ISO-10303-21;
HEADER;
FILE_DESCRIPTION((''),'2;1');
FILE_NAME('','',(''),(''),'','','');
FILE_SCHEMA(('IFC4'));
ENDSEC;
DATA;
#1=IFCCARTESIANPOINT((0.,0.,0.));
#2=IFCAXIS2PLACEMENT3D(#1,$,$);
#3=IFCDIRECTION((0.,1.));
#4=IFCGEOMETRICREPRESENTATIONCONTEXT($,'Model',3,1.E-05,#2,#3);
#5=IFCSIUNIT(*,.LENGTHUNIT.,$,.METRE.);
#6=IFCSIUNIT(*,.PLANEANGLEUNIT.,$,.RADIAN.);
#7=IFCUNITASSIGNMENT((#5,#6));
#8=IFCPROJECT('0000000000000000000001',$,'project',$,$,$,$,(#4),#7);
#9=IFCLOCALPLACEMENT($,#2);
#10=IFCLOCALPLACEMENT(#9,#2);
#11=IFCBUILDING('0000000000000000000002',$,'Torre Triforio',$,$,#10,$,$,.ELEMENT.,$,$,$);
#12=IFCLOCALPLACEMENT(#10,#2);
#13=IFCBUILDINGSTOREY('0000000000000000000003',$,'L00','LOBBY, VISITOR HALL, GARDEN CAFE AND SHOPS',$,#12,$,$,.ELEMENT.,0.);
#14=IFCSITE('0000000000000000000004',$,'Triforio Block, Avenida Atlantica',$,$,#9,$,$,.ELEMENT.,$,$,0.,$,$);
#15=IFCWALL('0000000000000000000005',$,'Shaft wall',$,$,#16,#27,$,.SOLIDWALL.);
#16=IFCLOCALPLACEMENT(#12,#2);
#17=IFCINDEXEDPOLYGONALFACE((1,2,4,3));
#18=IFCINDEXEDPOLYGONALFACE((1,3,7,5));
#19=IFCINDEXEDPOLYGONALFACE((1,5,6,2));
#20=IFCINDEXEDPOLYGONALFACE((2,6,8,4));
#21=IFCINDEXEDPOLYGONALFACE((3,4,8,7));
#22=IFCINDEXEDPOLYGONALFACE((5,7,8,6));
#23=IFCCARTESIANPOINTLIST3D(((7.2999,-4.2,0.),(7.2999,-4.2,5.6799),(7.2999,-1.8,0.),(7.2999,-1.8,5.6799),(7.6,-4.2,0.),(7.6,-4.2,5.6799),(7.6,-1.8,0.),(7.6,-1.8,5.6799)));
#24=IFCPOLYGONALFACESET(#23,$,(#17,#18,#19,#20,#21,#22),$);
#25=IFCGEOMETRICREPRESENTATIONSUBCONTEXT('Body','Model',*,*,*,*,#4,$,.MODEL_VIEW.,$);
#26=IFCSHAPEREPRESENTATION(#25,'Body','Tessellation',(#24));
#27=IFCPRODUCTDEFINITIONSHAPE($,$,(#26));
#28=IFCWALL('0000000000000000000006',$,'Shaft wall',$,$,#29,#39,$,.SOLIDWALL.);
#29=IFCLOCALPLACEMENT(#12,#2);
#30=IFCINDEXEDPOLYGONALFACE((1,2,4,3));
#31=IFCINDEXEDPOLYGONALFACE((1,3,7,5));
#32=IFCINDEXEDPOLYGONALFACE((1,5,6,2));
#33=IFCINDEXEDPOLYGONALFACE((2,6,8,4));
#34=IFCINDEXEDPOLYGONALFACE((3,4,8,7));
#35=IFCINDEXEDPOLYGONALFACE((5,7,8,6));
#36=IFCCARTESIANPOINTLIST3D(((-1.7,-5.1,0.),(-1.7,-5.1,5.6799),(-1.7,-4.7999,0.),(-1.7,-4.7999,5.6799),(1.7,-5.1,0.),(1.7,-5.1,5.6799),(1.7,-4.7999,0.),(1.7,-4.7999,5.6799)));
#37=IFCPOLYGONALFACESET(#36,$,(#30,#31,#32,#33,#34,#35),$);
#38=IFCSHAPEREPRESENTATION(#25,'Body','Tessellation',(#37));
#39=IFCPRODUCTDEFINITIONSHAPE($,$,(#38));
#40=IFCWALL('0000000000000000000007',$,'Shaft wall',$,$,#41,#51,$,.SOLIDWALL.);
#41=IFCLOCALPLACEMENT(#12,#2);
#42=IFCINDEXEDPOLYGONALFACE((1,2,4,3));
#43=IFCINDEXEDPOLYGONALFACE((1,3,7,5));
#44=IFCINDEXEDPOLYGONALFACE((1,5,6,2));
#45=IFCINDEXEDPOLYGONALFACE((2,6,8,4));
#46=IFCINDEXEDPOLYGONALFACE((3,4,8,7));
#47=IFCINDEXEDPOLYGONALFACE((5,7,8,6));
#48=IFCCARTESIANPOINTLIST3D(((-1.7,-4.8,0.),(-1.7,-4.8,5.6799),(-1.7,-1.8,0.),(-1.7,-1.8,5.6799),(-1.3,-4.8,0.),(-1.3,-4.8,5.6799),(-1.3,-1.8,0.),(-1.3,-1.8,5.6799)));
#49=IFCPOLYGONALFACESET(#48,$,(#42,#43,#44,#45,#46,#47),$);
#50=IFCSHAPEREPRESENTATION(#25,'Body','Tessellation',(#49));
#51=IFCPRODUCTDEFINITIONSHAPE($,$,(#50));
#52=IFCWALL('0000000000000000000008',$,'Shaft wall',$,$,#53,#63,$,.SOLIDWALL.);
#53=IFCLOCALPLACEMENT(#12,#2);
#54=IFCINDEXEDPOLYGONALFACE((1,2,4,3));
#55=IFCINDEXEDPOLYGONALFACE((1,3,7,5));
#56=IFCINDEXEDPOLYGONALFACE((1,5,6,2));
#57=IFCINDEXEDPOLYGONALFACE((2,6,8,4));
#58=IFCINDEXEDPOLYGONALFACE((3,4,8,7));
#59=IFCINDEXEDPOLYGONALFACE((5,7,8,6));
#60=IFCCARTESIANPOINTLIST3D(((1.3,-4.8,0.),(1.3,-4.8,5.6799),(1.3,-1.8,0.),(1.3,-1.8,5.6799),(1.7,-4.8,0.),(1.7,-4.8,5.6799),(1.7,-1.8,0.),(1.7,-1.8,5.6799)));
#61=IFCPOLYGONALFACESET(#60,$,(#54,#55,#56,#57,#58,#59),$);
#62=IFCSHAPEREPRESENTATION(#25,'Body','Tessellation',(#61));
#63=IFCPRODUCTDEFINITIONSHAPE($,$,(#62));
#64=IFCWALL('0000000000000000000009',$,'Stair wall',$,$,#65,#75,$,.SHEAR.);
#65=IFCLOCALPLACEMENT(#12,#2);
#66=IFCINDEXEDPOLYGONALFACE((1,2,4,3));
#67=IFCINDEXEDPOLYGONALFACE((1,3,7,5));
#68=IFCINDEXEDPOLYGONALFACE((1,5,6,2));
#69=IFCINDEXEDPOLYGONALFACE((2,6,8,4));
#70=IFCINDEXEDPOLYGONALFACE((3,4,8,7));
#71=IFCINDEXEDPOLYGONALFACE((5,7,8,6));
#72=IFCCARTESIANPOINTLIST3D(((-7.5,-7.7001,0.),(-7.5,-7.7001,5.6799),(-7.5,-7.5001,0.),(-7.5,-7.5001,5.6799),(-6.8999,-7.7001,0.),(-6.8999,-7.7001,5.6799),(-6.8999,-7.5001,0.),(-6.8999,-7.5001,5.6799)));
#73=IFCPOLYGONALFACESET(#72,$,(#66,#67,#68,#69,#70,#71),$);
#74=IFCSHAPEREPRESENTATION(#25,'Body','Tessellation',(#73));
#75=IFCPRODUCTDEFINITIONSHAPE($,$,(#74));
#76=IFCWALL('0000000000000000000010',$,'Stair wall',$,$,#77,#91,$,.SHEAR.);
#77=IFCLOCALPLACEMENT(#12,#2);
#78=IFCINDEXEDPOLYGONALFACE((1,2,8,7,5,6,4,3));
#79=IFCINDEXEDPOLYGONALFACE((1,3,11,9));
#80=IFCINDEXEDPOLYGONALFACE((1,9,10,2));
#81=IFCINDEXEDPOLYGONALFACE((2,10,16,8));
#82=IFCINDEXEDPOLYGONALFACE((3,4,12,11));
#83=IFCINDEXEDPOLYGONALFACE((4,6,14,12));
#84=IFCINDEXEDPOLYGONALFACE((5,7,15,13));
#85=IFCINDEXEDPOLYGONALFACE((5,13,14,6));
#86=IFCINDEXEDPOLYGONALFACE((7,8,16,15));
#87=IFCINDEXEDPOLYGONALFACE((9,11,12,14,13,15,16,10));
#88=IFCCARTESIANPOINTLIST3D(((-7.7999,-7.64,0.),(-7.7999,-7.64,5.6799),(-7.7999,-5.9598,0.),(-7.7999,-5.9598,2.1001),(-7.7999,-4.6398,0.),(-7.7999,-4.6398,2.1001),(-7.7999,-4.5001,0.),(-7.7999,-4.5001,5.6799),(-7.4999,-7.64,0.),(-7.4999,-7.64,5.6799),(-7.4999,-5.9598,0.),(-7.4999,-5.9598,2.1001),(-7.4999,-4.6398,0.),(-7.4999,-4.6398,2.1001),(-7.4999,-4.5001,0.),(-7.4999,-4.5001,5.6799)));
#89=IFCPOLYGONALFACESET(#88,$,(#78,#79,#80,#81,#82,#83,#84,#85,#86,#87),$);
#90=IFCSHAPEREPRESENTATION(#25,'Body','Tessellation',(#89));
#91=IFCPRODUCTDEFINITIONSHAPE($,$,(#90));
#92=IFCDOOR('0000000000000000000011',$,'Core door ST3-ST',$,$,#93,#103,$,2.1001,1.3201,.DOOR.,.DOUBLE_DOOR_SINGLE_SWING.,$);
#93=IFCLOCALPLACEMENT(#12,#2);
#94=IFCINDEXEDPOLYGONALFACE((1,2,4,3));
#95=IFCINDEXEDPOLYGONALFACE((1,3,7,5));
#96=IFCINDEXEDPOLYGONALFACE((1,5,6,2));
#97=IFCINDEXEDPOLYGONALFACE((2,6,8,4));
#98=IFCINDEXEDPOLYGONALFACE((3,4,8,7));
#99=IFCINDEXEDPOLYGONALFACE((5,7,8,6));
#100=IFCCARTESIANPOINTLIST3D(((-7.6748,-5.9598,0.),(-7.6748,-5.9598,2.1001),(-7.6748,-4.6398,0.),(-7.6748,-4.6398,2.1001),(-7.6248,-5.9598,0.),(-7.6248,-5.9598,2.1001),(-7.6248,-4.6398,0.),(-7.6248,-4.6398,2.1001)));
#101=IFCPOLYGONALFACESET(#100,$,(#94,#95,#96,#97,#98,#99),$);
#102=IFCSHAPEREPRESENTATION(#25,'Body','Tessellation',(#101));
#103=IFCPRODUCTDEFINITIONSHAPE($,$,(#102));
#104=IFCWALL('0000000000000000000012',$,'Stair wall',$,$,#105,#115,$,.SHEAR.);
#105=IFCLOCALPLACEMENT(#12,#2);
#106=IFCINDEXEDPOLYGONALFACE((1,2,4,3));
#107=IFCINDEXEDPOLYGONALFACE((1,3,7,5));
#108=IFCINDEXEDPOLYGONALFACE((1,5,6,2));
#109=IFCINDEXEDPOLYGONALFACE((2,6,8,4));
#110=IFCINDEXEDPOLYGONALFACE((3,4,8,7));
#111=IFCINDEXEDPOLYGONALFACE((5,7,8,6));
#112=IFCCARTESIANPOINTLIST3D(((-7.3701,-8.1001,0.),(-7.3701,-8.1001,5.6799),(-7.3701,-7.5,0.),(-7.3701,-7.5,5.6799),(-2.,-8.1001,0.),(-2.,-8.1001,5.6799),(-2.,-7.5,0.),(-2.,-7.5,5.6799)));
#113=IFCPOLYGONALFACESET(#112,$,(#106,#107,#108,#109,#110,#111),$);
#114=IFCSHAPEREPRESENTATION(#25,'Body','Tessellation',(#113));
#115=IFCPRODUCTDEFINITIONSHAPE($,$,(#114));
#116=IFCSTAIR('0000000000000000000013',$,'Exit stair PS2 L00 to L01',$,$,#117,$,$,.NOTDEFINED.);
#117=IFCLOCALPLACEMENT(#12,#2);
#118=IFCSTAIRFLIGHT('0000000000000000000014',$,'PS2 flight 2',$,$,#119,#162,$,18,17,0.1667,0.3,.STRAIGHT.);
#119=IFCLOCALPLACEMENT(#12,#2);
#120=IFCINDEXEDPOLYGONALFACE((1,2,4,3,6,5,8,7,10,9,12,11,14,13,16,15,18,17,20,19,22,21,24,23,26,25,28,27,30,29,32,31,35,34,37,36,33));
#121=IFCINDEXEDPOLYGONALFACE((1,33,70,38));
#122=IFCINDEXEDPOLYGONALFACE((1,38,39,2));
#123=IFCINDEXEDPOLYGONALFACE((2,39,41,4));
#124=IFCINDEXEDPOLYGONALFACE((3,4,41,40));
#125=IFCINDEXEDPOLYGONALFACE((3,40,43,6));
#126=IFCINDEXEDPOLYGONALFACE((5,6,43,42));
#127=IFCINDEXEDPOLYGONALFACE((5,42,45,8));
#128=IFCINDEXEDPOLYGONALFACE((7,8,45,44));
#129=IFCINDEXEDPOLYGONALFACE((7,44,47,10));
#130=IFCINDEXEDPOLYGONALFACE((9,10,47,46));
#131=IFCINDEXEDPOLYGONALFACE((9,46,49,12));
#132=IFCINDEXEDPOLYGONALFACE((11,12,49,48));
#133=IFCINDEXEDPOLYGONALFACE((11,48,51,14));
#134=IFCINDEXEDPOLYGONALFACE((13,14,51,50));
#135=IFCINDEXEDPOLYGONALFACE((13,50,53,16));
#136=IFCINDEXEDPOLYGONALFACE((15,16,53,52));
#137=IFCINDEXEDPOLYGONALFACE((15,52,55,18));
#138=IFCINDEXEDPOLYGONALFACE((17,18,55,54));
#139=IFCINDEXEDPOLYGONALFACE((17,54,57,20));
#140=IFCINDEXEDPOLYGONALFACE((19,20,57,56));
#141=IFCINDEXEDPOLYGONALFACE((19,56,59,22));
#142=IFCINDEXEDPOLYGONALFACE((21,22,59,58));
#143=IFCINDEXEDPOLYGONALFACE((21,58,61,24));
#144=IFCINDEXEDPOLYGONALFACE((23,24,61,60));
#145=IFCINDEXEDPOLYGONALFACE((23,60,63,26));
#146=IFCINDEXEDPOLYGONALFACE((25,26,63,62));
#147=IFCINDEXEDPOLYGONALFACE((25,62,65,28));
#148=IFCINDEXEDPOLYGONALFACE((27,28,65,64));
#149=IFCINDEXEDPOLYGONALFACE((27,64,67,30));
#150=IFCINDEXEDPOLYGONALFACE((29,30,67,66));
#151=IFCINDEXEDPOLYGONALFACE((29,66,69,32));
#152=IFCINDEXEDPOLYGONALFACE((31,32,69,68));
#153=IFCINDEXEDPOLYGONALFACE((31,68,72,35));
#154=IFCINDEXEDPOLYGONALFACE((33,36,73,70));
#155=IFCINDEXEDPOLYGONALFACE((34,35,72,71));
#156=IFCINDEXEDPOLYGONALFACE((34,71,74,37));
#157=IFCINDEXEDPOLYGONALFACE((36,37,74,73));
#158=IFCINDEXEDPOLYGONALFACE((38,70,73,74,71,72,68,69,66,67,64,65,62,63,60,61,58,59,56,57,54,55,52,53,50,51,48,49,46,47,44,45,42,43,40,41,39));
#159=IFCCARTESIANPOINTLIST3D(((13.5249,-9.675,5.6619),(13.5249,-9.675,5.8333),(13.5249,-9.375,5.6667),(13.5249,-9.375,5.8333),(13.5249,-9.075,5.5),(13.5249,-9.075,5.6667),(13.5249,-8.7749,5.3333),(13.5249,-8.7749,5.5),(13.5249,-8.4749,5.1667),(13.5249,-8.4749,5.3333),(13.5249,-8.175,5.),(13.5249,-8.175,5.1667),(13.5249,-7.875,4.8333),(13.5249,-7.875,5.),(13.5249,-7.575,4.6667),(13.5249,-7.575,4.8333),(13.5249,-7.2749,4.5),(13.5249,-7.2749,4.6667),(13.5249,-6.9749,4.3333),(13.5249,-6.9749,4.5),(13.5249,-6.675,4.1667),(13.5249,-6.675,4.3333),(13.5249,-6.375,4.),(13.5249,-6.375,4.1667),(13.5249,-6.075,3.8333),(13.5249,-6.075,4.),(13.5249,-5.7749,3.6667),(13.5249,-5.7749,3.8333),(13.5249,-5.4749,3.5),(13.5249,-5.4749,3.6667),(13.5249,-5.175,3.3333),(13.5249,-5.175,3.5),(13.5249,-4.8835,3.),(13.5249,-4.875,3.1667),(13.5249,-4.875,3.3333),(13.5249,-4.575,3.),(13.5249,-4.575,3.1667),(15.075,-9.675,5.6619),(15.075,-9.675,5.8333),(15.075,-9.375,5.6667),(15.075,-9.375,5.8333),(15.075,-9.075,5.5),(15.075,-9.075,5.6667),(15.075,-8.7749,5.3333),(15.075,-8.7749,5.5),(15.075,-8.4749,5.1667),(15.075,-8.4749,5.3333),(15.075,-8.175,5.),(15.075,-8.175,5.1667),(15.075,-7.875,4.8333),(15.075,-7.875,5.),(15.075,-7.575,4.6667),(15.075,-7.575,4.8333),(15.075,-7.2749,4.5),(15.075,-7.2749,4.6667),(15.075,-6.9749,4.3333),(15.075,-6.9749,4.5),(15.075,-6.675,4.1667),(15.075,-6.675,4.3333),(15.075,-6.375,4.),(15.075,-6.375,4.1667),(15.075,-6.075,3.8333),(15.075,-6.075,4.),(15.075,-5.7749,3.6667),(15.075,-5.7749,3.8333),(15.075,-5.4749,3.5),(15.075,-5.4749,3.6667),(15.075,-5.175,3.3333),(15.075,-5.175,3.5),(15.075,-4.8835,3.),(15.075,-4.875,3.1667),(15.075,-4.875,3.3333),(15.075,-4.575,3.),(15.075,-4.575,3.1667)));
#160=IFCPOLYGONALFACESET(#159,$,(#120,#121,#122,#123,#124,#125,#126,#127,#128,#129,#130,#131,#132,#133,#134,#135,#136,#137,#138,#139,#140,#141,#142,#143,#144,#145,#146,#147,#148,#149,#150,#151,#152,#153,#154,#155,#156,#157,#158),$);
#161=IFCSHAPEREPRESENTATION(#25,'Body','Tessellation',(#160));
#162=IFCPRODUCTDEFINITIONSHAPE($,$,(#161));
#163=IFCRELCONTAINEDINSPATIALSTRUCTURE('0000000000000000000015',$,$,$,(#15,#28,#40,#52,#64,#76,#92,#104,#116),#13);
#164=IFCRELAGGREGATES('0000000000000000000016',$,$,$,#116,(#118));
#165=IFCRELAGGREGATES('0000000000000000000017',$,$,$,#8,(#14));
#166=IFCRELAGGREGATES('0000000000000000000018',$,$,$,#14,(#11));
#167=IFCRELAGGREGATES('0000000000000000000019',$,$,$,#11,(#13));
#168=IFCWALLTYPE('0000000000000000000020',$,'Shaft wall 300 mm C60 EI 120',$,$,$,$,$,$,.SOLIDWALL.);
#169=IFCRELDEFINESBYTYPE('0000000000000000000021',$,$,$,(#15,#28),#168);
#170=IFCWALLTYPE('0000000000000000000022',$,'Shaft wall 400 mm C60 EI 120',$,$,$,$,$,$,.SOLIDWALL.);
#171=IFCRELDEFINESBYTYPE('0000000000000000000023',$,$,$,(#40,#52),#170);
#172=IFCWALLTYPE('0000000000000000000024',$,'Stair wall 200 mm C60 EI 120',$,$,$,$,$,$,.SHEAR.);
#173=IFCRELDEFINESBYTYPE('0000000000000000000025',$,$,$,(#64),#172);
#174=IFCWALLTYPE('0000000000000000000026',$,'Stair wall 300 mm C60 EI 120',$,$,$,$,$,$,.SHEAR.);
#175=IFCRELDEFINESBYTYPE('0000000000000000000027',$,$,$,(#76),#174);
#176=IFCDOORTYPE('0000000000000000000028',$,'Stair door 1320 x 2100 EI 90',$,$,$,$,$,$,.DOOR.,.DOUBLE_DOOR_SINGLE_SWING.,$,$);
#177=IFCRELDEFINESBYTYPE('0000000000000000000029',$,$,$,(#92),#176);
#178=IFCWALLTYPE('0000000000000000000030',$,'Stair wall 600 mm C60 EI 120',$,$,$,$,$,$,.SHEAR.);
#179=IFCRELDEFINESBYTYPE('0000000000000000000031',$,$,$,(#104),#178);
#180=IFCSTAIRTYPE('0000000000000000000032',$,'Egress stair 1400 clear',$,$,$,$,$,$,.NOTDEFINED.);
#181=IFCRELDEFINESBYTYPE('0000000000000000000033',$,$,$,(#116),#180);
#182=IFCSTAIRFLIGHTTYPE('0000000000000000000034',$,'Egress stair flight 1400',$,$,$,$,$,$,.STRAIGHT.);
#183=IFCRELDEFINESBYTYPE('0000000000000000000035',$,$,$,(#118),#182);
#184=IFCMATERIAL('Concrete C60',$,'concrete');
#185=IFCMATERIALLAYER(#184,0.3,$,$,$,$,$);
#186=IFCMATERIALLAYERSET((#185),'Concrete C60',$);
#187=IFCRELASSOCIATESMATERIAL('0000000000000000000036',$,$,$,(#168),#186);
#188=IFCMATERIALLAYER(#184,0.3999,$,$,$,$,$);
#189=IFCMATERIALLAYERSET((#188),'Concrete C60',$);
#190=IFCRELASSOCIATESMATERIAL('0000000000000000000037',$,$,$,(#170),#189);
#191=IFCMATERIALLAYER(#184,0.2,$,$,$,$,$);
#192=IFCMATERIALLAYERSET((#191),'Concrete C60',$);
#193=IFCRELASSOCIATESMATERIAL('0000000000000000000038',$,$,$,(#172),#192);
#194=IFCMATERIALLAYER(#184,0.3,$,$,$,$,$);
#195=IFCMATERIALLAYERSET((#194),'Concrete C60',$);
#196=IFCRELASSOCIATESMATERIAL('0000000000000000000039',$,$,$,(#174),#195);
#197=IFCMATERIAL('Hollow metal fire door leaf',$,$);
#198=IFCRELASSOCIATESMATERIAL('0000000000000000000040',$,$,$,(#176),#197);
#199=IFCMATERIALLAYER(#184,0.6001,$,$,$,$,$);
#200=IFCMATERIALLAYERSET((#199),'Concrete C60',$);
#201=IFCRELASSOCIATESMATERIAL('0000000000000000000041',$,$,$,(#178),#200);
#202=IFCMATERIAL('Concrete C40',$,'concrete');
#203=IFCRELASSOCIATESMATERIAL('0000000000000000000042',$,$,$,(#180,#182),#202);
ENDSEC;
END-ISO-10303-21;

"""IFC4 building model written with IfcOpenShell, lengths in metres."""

from ifc_helpers import new_model, si_unit, direction, frame, frame_2d, origin, place, context, subcontext, project, spatial, polyline, rectangle, outline, extrude, material, layer, layer_set, type_object, element, fill, aggregate, save


model = new_model("IFC4")

# Units and contexts
model_context = context("Model", 3, precision=1e-05, world=origin(), true_north=direction((0.0, 1.0)))
body_context = subcontext(model_context, "Body", "Model", "MODEL_VIEW")
ifc_project = project(units=[si_unit("LENGTHUNIT", "METRE"), si_unit("PLANEANGLEUNIT", "RADIAN")], contexts=[model_context])

# Site, building, storey
site_placement = place(None, origin())
site = spatial("IfcSite", under=ifc_project, at=site_placement, Name="Triforio Block, Avenida Atlantica", CompositionType="ELEMENT", RefElevation=0.0)
building_placement = place(site_placement, origin())
building = spatial("IfcBuilding", under=site, at=building_placement, Name="Torre Triforio", CompositionType="ELEMENT")
storey_placement = place(building_placement, origin())
storey = spatial("IfcBuildingStorey", under=building, at=storey_placement, Name="L00", Description="LOBBY, VISITOR HALL, GARDEN CAFE AND SHOPS", CompositionType="ELEMENT", Elevation=0.0)

# Shared definitions
ifc_material_1 = material(Name="Concrete C60", Category="concrete")

# Shared definitions
ifc_material_2 = material(Name="Hollow metal fire door leaf")

# Walls
ifc_layer_1 = layer(ifc_material_1, 0.3)
ifc_layer_set_1 = layer_set([ifc_layer_1], Name="Concrete C60")
wall_type_1 = type_object("IfcWallType", Name="Shaft wall 300 mm C60 EI 120", PredefinedType="SOLIDWALL", material=ifc_layer_set_1)
for number, where, z_axis, x_axis, name in (
    (1, (7.45, -4.2, 0.0), (0.0, 0.0, 1.0), (0.0, 1.0, 0.0), "Shaft wall"),
):
    element("IfcWall", number, at=place(storey_placement, frame(where, z_axis=z_axis, x_axis=x_axis)), inside=storey, type_object=wall_type_1, Name=name, PredefinedType="SOLIDWALL", context=body_context, shape_type="SweptSolid", body=[
        extrude(rectangle(XDim=2.3999, YDim=0.3, at=frame_2d((1.2, 0.0))), origin(), (0.0, 0.0, 1.0), 5.6799),
    ])
wall_1_placement = place(storey_placement, frame((-1.7, -4.95, 0.0), z_axis=(0.0, 0.0, 1.0), x_axis=(1.0, 0.0, 0.0)))
element("IfcWall", 2, at=wall_1_placement, inside=storey, type_object=wall_type_1, Name="Shaft wall", PredefinedType="SOLIDWALL", context=body_context, shape_type="SweptSolid", body=[
    extrude(rectangle(XDim=3.3999, YDim=0.3, at=frame_2d((1.7, 0.0))), origin(), (0.0, 0.0, 1.0), 5.6799),
])
ifc_layer_2 = layer(ifc_material_1, 0.3999)
ifc_layer_set_2 = layer_set([ifc_layer_2], Name="Concrete C60")
wall_type_2 = type_object("IfcWallType", Name="Shaft wall 400 mm C60 EI 120", PredefinedType="SOLIDWALL", material=ifc_layer_set_2)
for number, where, z_axis, x_axis, name in (
    (3, (-1.5, -4.8, 0.0), (0.0, 0.0, 1.0), (0.0, 1.0, 0.0), "Shaft wall"),
    (4, (1.5, -4.8, 0.0), (0.0, 0.0, 1.0), (0.0, 1.0, 0.0), "Shaft wall"),
):
    element("IfcWall", number, at=place(storey_placement, frame(where, z_axis=z_axis, x_axis=x_axis)), inside=storey, type_object=wall_type_2, Name=name, PredefinedType="SOLIDWALL", context=body_context, shape_type="SweptSolid", body=[
        extrude(rectangle(XDim=3.0, YDim=0.3999, at=frame_2d((1.5, 0.0))), origin(), (0.0, 0.0, 1.0), 5.6799),
    ])
ifc_layer_3 = layer(ifc_material_1, 0.2)
ifc_layer_set_3 = layer_set([ifc_layer_3], Name="Concrete C60")
wall_type_3 = type_object("IfcWallType", Name="Stair wall 200 mm C60 EI 120", PredefinedType="SHEAR", material=ifc_layer_set_3)
wall_2_placement = place(storey_placement, frame((-7.5, -7.6001, 0.0), z_axis=(0.0, 0.0, 1.0), x_axis=(1.0, 0.0, 0.0)))
element("IfcWall", 5, at=wall_2_placement, inside=storey, type_object=wall_type_3, Name="Stair wall", PredefinedType="SHEAR", context=body_context, shape_type="SweptSolid", body=[
    extrude(rectangle(XDim=0.6001, YDim=0.2, at=frame_2d((0.3, 0.0))), origin(), (0.0, 0.0, 1.0), 5.6799),
])

# Wall, opening, door
ifc_layer_4 = layer(ifc_material_1, 0.3)
ifc_layer_set_4 = layer_set([ifc_layer_4], Name="Concrete C60")
wall_type_4 = type_object("IfcWallType", Name="Stair wall 300 mm C60 EI 120", PredefinedType="SHEAR", material=ifc_layer_set_4)
wall_3_placement = place(storey_placement, frame((-7.6499, -7.6399, 0.0), z_axis=(0.0, 0.0, 1.0), x_axis=(0.0, 1.0, 0.0)))
wall_3 = element("IfcWall", 6, at=wall_3_placement, inside=storey, type_object=wall_type_4, Name="Stair wall", PredefinedType="SHEAR", context=body_context, shape_type="SweptSolid", body=[
    extrude(rectangle(XDim=3.1399, YDim=0.3, at=frame_2d((1.5698, 0.0))), origin(), (0.0, 0.0, 1.0), 5.6799),
])
opening_1_placement = place(wall_3_placement, frame((1.6799, 0.0, 0.0)))
opening_1 = element("IfcOpeningElement", 7, at=opening_1_placement, cuts=wall_3, PredefinedType="OPENING", context=body_context, shape_type="SweptSolid", body=[
    extrude(rectangle(XDim=1.3201, YDim=2.1001, at=frame_2d((0.6602, 1.05))), frame((0.0, 0.1599, 0.0), z_axis=(0.0, -1.0, 0.0), x_axis=(1.0, 0.0, 0.0)), (0.0, 0.0, 1.0), 0.3201),
])
door_type_1 = type_object("IfcDoorType", Name="Stair door 1320 x 2100 EI 90", OperationType="DOUBLE_DOOR_SINGLE_SWING", PredefinedType="DOOR", material=ifc_material_2)
door_1_placement = place(opening_1_placement, origin())
door_1 = element("IfcDoor", 8, at=door_1_placement, inside=storey, type_object=door_type_1, Name="Core door ST3-ST", OperationType="DOUBLE_DOOR_SINGLE_SWING", OverallHeight=2.1001, OverallWidth=1.3201, PredefinedType="DOOR", context=body_context, shape_type="SweptSolid", body=[
    extrude(rectangle(XDim=1.3201, YDim=2.1001, at=frame_2d((0.6602, 1.05))), frame((0.0, 0.0249, 0.0), z_axis=(0.0, -1.0, 0.0), x_axis=(1.0, 0.0, 0.0)), (0.0, 0.0, 1.0), 0.05),
])
fill(opening_1, door_1)

# Wall
ifc_layer_5 = layer(ifc_material_1, 0.6001)
ifc_layer_set_5 = layer_set([ifc_layer_5], Name="Concrete C60")
wall_type_5 = type_object("IfcWallType", Name="Stair wall 600 mm C60 EI 120", PredefinedType="SHEAR", material=ifc_layer_set_5)
wall_4_placement = place(storey_placement, frame((-7.3701, -7.8, 0.0), z_axis=(0.0, 0.0, 1.0), x_axis=(1.0, 0.0, 0.0)))
element("IfcWall", 9, at=wall_4_placement, inside=storey, type_object=wall_type_5, Name="Stair wall", PredefinedType="SHEAR", context=body_context, shape_type="SweptSolid", body=[
    extrude(rectangle(XDim=5.3701, YDim=0.6001, at=frame_2d((2.6851, 0.0))), origin(), (0.0, 0.0, 1.0), 5.6799),
])

# Stair, stair flight
ifc_material_3 = material(Name="Concrete C40", Category="concrete")
stair_type_1 = type_object("IfcStairType", Name="Egress stair 1400 clear", PredefinedType="NOTDEFINED", material=ifc_material_3)
stair_1_placement = place(storey_placement, origin())
stair_1 = element("IfcStair", 10, at=stair_1_placement, inside=storey, type_object=stair_type_1, Name="Exit stair PS2 L00 to L01", PredefinedType="NOTDEFINED")
stair_flight_type_1 = type_object("IfcStairFlightType", Name="Egress stair flight 1400", PredefinedType="STRAIGHT", material=ifc_material_3)
stair_flight_1_placement = place(storey_placement, frame((14.3, -4.575, 3.0), z_axis=(0.0, 0.0, 1.0), x_axis=(0.0, -1.0, 0.0)))
stair_flight_1 = element("IfcStairFlight", 11, at=stair_flight_1_placement, type_object=stair_flight_type_1, Name="PS2 flight 2", NumberOfRisers=18, NumberOfTreads=17, PredefinedType="STRAIGHT", RiserHeight=0.1667, TreadLength=0.3, context=body_context, shape_type="SweptSolid", body=[
    extrude(outline(polyline([(0.0, 0.0), (0.0, 0.1667), (0.3, 0.1667), (0.3, 0.3333), (0.6001, 0.3333), (0.6001, 0.5), (0.8999, 0.5), (0.8999, 0.6667), (1.2, 0.6667), (1.2, 0.8333), (1.5, 0.8333), (1.5, 1.0), (1.8, 1.0), (1.8, 1.1667), (2.1001, 1.1667), (2.1001, 1.3333), (2.3999, 1.3333), (2.3999, 1.5), (2.7, 1.5), (2.7, 1.6667), (3.0, 1.6667), (3.0, 1.8333), (3.3, 1.8333), (3.3, 2.0), (3.6001, 2.0), (3.6001, 2.1667), (3.8999, 2.1667), (3.8999, 2.3333), (4.2, 2.3333), (4.2, 2.5), (4.5, 2.5), (4.5, 2.6667), (4.8, 2.6667), (4.8, 2.8333), (5.1001, 2.8333), (5.1001, 3.0), (5.1001, 2.6619), (0.3086, 0.0), (0.0, 0.0)])), frame((0.0, 0.7749, 0.0), z_axis=(0.0, -1.0, 0.0), x_axis=(1.0, 0.0, 0.0)), (0.0, 0.0, 1.0), 1.55),
])

aggregate(stair_1, [stair_flight_1])

save(model, "model.ifc")
